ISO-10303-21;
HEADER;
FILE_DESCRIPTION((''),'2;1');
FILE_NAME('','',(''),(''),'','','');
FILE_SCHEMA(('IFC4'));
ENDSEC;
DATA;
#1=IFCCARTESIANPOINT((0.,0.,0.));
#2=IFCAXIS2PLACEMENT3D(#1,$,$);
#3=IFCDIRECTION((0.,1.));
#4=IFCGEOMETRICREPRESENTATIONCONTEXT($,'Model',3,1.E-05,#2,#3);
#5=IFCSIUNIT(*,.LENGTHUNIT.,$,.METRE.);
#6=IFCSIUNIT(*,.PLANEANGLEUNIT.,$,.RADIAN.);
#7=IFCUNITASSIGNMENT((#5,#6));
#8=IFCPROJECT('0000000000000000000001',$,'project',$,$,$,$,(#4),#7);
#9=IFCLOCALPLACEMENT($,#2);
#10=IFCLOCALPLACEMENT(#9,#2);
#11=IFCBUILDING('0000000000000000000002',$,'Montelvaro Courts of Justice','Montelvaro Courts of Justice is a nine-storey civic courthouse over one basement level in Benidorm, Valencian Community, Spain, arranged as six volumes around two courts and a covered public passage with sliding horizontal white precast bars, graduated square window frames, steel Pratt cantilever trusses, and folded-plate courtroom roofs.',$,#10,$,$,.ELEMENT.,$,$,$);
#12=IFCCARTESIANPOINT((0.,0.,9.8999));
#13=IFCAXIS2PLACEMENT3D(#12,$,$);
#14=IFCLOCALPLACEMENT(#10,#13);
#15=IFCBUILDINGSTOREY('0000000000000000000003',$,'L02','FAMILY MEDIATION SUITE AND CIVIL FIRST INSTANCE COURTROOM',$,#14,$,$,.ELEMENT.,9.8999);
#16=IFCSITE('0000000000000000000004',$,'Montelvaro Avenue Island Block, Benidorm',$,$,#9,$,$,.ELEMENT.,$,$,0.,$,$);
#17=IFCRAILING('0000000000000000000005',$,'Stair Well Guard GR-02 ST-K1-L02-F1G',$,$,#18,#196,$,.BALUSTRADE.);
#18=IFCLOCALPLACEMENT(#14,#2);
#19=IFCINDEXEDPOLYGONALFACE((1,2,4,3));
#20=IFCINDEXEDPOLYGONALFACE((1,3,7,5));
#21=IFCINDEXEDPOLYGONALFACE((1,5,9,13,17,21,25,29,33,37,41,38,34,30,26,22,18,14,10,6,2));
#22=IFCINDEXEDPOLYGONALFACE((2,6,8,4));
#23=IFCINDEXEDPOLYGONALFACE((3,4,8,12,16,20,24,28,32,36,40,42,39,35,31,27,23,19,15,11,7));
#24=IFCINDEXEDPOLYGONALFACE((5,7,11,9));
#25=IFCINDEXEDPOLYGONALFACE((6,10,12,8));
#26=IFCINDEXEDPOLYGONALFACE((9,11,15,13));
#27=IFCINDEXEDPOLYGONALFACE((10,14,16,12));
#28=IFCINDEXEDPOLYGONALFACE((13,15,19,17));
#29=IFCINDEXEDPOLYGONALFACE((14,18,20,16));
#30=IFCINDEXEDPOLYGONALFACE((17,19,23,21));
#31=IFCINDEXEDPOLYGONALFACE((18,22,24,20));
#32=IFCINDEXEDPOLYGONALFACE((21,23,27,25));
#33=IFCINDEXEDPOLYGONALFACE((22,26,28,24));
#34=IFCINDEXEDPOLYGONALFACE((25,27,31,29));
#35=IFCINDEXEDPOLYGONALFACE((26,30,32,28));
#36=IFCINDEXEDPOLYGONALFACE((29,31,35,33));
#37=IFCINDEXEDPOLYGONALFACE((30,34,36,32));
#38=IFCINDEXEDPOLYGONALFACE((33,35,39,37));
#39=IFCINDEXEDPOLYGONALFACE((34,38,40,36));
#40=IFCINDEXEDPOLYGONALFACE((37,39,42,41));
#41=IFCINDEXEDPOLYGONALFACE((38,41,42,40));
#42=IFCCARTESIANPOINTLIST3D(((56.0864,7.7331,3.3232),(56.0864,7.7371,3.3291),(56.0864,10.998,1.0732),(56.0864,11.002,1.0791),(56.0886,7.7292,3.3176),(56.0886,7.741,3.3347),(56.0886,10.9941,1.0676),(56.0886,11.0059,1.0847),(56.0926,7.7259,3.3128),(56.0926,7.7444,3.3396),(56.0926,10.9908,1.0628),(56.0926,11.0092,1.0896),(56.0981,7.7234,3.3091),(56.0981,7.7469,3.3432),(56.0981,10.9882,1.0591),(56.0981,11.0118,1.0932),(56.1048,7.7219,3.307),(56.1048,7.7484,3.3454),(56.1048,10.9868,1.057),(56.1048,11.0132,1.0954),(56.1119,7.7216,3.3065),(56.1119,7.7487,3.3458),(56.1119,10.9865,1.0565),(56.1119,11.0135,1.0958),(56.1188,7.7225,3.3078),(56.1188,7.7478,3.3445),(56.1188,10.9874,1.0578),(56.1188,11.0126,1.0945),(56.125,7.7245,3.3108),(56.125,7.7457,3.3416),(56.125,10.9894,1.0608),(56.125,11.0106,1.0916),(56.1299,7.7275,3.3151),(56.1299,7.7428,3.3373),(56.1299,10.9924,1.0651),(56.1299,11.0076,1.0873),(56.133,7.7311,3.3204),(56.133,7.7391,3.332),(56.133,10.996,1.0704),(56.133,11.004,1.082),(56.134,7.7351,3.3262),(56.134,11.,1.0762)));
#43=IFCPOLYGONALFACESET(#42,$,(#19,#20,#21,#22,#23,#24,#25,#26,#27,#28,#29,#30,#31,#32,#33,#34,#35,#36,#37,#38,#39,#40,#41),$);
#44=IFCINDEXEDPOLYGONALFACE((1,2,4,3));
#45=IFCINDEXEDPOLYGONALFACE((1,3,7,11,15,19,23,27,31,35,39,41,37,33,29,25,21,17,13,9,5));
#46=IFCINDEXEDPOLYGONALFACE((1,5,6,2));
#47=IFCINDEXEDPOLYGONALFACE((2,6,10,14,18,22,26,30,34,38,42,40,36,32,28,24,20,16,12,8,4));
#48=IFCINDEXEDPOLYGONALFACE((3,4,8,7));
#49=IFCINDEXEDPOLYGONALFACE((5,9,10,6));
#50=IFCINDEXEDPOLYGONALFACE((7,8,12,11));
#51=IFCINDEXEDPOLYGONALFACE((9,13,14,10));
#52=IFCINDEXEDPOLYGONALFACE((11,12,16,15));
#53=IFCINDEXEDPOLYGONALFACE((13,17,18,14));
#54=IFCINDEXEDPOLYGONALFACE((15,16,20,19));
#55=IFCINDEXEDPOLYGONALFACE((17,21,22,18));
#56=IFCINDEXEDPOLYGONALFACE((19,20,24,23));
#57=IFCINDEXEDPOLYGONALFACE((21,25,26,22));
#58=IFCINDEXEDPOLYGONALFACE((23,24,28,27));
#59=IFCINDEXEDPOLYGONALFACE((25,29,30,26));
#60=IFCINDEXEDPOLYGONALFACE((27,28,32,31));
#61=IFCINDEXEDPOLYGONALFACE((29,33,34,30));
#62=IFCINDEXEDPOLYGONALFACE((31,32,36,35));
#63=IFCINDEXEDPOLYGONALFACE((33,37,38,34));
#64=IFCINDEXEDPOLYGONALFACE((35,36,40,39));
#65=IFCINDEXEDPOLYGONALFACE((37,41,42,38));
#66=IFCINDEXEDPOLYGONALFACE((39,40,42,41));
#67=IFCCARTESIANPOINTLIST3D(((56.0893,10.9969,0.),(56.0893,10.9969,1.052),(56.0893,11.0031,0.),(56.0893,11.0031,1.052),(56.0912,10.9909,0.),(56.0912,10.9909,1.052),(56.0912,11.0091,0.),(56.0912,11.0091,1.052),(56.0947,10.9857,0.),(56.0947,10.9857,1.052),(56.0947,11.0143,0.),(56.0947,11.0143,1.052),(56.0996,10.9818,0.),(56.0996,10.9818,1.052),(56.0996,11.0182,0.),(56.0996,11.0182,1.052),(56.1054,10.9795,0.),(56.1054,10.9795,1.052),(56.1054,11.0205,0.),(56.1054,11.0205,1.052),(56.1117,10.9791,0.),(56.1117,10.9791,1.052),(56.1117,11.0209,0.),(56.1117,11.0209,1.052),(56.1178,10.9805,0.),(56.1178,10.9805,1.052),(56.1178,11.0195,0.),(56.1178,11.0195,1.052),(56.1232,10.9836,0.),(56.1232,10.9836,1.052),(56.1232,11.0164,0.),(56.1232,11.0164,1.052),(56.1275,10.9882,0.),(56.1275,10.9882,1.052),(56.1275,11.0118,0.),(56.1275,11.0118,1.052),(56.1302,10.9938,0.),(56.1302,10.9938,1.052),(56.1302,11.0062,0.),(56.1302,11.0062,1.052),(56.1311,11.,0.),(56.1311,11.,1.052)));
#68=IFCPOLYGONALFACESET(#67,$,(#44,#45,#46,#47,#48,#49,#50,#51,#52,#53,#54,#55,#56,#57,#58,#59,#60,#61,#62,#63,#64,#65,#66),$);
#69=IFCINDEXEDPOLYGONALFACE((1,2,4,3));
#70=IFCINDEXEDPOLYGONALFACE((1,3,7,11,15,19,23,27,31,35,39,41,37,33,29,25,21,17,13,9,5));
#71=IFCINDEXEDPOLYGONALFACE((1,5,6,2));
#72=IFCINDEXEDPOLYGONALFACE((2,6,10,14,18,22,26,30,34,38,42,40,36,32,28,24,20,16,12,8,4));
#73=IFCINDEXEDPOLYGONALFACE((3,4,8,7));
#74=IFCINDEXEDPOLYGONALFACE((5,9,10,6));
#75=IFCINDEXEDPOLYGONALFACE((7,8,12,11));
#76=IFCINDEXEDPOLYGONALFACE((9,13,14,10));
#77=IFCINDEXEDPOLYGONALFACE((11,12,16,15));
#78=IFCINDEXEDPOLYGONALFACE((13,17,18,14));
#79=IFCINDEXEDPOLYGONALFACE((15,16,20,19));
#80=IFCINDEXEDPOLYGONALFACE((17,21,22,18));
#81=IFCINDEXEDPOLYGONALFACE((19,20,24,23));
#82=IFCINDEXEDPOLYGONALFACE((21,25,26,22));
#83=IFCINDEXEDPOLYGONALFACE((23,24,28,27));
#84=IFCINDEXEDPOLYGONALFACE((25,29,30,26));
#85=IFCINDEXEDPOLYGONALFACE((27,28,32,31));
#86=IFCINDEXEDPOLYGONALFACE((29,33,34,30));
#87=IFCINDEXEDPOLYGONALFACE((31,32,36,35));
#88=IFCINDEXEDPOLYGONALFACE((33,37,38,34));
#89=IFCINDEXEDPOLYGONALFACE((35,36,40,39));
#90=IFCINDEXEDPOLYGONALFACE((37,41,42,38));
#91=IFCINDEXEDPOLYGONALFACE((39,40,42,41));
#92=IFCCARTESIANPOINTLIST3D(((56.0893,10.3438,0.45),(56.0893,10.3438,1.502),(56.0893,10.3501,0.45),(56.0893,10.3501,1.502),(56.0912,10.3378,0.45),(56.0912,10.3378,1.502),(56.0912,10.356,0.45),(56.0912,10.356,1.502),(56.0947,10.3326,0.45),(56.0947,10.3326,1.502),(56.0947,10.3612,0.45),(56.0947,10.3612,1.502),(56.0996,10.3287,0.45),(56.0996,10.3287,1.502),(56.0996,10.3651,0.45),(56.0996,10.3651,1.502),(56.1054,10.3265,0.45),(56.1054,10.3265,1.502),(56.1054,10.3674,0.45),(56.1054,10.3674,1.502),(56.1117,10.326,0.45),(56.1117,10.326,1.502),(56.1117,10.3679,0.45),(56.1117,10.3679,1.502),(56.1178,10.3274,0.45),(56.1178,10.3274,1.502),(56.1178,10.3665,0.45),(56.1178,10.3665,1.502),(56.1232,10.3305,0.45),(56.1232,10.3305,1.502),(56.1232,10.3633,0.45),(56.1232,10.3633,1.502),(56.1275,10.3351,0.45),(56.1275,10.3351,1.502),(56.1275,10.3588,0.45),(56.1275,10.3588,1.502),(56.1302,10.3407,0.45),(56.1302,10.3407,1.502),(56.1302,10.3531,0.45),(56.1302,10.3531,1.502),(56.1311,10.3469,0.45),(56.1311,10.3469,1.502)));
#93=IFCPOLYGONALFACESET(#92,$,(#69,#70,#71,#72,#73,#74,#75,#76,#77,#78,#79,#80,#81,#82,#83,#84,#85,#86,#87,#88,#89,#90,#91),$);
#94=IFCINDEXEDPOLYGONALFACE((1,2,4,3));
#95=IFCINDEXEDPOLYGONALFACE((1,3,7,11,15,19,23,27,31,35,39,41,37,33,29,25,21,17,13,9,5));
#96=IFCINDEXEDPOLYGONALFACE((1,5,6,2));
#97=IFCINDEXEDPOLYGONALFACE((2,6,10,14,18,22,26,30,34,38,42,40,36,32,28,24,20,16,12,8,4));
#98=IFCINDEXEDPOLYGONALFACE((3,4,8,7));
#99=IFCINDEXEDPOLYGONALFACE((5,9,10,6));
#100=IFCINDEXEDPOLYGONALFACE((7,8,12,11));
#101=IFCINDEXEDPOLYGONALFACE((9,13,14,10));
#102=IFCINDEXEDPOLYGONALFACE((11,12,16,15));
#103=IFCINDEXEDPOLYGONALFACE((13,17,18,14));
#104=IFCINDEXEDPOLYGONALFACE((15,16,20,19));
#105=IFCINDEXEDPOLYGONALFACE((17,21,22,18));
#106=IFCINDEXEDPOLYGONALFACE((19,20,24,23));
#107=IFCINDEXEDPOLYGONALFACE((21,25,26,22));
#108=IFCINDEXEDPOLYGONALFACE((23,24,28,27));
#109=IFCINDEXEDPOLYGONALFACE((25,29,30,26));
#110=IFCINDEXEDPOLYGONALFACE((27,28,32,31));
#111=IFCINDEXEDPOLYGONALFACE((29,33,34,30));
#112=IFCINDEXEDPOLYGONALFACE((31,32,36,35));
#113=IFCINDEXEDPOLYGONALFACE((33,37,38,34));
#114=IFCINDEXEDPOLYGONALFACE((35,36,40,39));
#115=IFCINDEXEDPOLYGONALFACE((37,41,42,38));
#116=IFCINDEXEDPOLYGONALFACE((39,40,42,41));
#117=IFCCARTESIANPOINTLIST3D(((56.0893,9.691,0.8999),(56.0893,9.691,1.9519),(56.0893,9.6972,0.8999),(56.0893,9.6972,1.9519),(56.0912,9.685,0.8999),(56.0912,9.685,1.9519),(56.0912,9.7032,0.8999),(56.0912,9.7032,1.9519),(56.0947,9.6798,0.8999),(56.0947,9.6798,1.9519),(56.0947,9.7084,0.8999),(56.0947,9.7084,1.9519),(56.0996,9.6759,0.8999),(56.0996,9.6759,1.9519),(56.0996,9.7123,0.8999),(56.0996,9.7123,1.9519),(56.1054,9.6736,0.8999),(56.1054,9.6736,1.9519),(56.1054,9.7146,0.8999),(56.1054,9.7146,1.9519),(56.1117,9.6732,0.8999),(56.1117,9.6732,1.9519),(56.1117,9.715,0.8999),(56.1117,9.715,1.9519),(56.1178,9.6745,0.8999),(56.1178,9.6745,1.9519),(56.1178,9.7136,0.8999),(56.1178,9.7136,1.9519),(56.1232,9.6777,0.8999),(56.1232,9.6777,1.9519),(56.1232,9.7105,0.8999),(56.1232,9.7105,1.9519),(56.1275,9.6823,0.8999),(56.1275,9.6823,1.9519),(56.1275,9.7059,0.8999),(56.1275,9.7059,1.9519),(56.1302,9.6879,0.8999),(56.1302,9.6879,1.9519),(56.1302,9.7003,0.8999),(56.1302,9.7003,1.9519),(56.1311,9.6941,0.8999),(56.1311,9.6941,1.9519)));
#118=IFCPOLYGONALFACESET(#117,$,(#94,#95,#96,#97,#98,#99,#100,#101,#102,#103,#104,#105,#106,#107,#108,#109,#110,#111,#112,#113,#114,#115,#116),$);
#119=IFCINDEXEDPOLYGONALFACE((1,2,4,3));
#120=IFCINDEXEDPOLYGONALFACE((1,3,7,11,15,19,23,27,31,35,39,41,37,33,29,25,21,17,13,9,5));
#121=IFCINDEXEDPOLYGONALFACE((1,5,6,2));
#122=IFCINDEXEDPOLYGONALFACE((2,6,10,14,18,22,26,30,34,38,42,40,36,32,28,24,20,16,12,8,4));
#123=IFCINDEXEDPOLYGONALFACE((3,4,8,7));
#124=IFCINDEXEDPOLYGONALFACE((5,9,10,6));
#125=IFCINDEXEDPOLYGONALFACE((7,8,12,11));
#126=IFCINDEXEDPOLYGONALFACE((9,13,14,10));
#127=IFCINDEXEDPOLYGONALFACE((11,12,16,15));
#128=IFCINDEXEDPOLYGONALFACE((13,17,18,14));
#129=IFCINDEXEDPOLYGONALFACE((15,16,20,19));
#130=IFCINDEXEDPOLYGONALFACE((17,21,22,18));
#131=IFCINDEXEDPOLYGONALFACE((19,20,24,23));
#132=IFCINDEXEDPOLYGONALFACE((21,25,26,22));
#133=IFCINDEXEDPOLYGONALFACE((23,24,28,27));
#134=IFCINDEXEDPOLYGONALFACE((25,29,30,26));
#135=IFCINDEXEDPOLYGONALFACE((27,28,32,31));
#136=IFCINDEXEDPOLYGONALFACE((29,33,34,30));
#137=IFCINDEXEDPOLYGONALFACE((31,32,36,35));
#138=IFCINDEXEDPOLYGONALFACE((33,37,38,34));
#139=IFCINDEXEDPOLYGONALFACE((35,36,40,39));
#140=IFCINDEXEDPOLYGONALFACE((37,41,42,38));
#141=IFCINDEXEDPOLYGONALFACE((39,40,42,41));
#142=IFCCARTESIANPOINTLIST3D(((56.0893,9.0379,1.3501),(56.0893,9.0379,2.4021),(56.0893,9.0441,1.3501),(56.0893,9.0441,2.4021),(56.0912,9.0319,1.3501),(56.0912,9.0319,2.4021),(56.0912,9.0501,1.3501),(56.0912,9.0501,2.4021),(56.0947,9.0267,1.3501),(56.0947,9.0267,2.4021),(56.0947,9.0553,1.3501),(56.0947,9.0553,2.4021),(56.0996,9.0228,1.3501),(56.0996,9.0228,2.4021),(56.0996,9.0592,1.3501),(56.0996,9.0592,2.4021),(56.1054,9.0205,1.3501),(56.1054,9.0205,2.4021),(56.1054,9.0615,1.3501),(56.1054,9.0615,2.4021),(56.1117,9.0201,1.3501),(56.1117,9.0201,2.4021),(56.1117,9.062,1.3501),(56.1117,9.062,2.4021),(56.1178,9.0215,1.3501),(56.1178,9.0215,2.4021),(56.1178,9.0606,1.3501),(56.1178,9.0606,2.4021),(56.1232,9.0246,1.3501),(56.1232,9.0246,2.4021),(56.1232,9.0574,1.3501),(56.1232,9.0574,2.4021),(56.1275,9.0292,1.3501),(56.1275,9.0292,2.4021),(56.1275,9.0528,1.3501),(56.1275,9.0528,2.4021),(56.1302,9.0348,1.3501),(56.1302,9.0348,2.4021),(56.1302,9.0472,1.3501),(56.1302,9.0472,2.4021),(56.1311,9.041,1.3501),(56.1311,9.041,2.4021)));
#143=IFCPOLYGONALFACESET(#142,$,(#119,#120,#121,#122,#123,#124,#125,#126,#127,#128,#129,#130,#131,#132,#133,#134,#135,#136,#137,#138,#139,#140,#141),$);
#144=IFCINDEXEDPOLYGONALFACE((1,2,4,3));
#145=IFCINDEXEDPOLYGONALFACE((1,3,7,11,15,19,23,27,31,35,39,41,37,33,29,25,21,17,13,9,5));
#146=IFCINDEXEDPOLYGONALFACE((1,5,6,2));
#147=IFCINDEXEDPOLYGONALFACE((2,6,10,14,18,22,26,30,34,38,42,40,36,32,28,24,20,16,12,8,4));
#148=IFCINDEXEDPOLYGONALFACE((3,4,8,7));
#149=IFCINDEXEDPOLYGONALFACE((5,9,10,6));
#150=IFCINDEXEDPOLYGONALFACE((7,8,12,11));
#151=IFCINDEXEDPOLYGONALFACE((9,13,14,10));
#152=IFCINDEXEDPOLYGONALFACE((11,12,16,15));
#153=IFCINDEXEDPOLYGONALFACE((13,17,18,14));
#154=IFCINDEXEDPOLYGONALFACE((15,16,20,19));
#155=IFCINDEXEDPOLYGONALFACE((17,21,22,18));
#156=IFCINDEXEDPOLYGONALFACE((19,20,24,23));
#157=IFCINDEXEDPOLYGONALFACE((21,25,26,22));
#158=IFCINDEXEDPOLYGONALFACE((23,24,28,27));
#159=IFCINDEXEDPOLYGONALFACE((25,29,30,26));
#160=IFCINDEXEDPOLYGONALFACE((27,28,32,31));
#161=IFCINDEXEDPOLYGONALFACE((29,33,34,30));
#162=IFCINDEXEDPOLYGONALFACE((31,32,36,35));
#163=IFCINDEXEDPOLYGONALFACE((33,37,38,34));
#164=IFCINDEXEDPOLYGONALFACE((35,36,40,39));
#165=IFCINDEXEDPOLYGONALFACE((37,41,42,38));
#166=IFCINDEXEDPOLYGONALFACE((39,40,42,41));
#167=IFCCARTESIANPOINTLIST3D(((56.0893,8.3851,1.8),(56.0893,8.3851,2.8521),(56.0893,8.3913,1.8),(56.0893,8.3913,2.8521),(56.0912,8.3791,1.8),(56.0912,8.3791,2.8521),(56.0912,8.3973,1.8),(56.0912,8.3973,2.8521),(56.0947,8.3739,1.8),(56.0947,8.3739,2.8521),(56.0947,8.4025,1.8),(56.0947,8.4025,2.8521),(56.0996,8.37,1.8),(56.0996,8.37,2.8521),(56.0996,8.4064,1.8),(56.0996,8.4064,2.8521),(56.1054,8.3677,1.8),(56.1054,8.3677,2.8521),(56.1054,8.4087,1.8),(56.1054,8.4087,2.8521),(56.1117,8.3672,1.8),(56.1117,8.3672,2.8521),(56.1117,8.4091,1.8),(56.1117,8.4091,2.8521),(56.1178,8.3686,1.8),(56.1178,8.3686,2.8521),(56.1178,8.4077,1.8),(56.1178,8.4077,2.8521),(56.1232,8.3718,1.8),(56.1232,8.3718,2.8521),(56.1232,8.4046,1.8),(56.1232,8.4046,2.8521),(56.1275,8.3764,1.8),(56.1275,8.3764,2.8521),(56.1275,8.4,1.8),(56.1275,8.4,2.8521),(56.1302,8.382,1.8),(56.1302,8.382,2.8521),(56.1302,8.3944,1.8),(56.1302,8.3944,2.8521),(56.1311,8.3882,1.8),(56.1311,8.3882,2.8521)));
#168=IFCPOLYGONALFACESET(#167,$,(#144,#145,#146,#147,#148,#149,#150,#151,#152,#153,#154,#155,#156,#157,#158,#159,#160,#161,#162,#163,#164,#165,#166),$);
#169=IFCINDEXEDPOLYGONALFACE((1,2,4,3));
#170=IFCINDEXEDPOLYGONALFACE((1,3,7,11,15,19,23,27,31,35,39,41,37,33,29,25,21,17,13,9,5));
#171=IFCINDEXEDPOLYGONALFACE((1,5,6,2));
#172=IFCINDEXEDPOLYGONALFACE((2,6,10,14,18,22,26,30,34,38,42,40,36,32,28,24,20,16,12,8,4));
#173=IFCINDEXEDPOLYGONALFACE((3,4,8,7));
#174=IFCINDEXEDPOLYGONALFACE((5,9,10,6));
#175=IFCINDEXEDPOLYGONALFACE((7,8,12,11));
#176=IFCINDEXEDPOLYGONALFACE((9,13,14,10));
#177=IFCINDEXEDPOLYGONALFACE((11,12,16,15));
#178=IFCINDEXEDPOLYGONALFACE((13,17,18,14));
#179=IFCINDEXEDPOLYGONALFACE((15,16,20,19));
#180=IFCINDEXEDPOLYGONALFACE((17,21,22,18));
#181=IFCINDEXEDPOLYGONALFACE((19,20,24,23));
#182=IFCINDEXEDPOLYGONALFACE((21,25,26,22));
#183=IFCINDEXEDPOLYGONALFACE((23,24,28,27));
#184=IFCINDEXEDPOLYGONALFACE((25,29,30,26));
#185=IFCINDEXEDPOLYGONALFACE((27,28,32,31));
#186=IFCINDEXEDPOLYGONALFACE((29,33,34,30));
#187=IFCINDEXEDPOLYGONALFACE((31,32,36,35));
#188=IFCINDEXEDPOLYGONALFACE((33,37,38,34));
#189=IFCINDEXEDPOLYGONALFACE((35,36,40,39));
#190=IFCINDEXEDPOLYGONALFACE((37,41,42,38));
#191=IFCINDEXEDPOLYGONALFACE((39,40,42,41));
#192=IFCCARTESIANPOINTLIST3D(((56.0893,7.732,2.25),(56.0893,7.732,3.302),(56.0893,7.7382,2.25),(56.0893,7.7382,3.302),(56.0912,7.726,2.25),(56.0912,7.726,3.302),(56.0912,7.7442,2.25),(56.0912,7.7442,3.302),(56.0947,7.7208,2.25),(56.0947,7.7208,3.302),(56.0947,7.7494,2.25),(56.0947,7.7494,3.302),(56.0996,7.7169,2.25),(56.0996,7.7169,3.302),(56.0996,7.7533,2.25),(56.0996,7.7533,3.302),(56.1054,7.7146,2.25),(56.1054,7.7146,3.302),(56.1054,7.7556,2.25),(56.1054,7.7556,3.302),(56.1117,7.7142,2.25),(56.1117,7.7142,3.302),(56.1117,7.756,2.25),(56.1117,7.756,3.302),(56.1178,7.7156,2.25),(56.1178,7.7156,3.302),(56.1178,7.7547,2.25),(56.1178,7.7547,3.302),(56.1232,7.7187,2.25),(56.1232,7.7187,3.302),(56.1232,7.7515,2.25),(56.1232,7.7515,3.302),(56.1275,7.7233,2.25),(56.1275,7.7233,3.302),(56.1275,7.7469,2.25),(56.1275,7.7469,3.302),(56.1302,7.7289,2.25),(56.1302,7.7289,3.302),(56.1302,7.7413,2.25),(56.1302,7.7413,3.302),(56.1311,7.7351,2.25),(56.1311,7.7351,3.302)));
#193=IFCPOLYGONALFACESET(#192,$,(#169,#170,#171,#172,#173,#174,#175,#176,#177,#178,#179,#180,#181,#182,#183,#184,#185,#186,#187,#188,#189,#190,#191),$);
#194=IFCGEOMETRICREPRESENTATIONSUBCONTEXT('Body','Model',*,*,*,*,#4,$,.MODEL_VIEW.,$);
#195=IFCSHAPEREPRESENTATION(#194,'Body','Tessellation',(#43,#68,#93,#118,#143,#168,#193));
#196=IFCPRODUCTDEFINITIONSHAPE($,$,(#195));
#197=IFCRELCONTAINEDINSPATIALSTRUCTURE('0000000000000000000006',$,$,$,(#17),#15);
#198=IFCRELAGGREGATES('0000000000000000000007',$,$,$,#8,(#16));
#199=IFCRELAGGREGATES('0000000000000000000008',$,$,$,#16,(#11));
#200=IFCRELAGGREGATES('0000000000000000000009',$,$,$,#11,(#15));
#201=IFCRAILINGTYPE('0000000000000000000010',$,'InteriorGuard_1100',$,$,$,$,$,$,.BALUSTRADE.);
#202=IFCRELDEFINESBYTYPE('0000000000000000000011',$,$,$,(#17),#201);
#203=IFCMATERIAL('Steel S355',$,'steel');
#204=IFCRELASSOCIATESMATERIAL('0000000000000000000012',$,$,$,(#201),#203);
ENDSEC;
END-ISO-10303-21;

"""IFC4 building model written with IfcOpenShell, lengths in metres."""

from ifc_helpers import new_model, si_unit, direction, frame, origin, origin_2d, place, context, subcontext, project, spatial, circle, extrude, material, type_object, element, save


model = new_model("IFC4")

# Units and contexts
model_context = context("Model", 3, precision=1e-05, world=origin(), true_north=direction((0.0, 1.0)))
body_context = subcontext(model_context, "Body", "Model", "MODEL_VIEW")
ifc_project = project(units=[si_unit("LENGTHUNIT", "METRE"), si_unit("PLANEANGLEUNIT", "RADIAN")], contexts=[model_context])

# Site, building, storey
site_placement = place(None, origin())
site = spatial("IfcSite", under=ifc_project, at=site_placement, Name="Montelvaro Avenue Island Block, Benidorm", CompositionType="ELEMENT", RefElevation=0.0)
building_placement = place(site_placement, origin())
building = spatial("IfcBuilding", under=site, at=building_placement, Name="Montelvaro Courts of Justice", Description="Montelvaro Courts of Justice is a nine-storey civic courthouse over one basement level in Benidorm, Valencian Community, Spain, arranged as six volumes around two courts and a covered public passage with sliding horizontal white precast bars, graduated square window frames, steel Pratt cantilever trusses, and folded-plate courtroom roofs.", CompositionType="ELEMENT")
storey_placement = place(building_placement, frame((0.0, 0.0, 9.8999)))
storey = spatial("IfcBuildingStorey", under=building, at=storey_placement, Name="L02", Description="FAMILY MEDIATION SUITE AND CIVIL FIRST INSTANCE COURTROOM", CompositionType="ELEMENT", Elevation=9.8999)

# Shared definitions
ifc_material_1 = material(Name="Steel S355", Category="steel")

# Railing
railing_type_1 = type_object("IfcRailingType", Name="InteriorGuard_1100", PredefinedType="BALUSTRADE", material=ifc_material_1)
railing_1_placement = place(storey_placement, frame((56.1101, 11.0, 0.0)))
element("IfcRailing", 1, at=railing_1_placement, inside=storey, type_object=railing_type_1, Name="Stair Well Guard GR-02 ST-K1-L02-F1G", PredefinedType="BALUSTRADE", context=body_context, shape_type="SweptSolid", body=[
    extrude(circle(Radius=0.0239, at=origin_2d()), frame((0.0, 0.0, 1.0762), z_axis=(0.0, -0.823407, 0.567451), x_axis=(1.0, 0.0, 0.0)), (0.0, 0.0, 1.0), 3.9651),
    extrude(circle(Radius=0.021, at=origin_2d()), origin(), (0.0, 0.0, 1.0), 1.052),
    extrude(circle(Radius=0.021, at=origin_2d()), frame((0.0, -0.6531, 0.45)), (0.0, 0.0, 1.0), 1.052),
    extrude(circle(Radius=0.021, at=origin_2d()), frame((0.0, -1.3059, 0.8999)), (0.0, 0.0, 1.0), 1.052),
    extrude(circle(Radius=0.021, at=origin_2d()), frame((0.0, -1.959, 1.3501)), (0.0, 0.0, 1.0), 1.052),
    extrude(circle(Radius=0.021, at=origin_2d()), frame((0.0, -2.6118, 1.8)), (0.0, 0.0, 1.0), 1.052),
    extrude(circle(Radius=0.021, at=origin_2d()), frame((0.0, -3.2649, 2.25)), (0.0, 0.0, 1.0), 1.052),
])

save(model, "model.ifc")
